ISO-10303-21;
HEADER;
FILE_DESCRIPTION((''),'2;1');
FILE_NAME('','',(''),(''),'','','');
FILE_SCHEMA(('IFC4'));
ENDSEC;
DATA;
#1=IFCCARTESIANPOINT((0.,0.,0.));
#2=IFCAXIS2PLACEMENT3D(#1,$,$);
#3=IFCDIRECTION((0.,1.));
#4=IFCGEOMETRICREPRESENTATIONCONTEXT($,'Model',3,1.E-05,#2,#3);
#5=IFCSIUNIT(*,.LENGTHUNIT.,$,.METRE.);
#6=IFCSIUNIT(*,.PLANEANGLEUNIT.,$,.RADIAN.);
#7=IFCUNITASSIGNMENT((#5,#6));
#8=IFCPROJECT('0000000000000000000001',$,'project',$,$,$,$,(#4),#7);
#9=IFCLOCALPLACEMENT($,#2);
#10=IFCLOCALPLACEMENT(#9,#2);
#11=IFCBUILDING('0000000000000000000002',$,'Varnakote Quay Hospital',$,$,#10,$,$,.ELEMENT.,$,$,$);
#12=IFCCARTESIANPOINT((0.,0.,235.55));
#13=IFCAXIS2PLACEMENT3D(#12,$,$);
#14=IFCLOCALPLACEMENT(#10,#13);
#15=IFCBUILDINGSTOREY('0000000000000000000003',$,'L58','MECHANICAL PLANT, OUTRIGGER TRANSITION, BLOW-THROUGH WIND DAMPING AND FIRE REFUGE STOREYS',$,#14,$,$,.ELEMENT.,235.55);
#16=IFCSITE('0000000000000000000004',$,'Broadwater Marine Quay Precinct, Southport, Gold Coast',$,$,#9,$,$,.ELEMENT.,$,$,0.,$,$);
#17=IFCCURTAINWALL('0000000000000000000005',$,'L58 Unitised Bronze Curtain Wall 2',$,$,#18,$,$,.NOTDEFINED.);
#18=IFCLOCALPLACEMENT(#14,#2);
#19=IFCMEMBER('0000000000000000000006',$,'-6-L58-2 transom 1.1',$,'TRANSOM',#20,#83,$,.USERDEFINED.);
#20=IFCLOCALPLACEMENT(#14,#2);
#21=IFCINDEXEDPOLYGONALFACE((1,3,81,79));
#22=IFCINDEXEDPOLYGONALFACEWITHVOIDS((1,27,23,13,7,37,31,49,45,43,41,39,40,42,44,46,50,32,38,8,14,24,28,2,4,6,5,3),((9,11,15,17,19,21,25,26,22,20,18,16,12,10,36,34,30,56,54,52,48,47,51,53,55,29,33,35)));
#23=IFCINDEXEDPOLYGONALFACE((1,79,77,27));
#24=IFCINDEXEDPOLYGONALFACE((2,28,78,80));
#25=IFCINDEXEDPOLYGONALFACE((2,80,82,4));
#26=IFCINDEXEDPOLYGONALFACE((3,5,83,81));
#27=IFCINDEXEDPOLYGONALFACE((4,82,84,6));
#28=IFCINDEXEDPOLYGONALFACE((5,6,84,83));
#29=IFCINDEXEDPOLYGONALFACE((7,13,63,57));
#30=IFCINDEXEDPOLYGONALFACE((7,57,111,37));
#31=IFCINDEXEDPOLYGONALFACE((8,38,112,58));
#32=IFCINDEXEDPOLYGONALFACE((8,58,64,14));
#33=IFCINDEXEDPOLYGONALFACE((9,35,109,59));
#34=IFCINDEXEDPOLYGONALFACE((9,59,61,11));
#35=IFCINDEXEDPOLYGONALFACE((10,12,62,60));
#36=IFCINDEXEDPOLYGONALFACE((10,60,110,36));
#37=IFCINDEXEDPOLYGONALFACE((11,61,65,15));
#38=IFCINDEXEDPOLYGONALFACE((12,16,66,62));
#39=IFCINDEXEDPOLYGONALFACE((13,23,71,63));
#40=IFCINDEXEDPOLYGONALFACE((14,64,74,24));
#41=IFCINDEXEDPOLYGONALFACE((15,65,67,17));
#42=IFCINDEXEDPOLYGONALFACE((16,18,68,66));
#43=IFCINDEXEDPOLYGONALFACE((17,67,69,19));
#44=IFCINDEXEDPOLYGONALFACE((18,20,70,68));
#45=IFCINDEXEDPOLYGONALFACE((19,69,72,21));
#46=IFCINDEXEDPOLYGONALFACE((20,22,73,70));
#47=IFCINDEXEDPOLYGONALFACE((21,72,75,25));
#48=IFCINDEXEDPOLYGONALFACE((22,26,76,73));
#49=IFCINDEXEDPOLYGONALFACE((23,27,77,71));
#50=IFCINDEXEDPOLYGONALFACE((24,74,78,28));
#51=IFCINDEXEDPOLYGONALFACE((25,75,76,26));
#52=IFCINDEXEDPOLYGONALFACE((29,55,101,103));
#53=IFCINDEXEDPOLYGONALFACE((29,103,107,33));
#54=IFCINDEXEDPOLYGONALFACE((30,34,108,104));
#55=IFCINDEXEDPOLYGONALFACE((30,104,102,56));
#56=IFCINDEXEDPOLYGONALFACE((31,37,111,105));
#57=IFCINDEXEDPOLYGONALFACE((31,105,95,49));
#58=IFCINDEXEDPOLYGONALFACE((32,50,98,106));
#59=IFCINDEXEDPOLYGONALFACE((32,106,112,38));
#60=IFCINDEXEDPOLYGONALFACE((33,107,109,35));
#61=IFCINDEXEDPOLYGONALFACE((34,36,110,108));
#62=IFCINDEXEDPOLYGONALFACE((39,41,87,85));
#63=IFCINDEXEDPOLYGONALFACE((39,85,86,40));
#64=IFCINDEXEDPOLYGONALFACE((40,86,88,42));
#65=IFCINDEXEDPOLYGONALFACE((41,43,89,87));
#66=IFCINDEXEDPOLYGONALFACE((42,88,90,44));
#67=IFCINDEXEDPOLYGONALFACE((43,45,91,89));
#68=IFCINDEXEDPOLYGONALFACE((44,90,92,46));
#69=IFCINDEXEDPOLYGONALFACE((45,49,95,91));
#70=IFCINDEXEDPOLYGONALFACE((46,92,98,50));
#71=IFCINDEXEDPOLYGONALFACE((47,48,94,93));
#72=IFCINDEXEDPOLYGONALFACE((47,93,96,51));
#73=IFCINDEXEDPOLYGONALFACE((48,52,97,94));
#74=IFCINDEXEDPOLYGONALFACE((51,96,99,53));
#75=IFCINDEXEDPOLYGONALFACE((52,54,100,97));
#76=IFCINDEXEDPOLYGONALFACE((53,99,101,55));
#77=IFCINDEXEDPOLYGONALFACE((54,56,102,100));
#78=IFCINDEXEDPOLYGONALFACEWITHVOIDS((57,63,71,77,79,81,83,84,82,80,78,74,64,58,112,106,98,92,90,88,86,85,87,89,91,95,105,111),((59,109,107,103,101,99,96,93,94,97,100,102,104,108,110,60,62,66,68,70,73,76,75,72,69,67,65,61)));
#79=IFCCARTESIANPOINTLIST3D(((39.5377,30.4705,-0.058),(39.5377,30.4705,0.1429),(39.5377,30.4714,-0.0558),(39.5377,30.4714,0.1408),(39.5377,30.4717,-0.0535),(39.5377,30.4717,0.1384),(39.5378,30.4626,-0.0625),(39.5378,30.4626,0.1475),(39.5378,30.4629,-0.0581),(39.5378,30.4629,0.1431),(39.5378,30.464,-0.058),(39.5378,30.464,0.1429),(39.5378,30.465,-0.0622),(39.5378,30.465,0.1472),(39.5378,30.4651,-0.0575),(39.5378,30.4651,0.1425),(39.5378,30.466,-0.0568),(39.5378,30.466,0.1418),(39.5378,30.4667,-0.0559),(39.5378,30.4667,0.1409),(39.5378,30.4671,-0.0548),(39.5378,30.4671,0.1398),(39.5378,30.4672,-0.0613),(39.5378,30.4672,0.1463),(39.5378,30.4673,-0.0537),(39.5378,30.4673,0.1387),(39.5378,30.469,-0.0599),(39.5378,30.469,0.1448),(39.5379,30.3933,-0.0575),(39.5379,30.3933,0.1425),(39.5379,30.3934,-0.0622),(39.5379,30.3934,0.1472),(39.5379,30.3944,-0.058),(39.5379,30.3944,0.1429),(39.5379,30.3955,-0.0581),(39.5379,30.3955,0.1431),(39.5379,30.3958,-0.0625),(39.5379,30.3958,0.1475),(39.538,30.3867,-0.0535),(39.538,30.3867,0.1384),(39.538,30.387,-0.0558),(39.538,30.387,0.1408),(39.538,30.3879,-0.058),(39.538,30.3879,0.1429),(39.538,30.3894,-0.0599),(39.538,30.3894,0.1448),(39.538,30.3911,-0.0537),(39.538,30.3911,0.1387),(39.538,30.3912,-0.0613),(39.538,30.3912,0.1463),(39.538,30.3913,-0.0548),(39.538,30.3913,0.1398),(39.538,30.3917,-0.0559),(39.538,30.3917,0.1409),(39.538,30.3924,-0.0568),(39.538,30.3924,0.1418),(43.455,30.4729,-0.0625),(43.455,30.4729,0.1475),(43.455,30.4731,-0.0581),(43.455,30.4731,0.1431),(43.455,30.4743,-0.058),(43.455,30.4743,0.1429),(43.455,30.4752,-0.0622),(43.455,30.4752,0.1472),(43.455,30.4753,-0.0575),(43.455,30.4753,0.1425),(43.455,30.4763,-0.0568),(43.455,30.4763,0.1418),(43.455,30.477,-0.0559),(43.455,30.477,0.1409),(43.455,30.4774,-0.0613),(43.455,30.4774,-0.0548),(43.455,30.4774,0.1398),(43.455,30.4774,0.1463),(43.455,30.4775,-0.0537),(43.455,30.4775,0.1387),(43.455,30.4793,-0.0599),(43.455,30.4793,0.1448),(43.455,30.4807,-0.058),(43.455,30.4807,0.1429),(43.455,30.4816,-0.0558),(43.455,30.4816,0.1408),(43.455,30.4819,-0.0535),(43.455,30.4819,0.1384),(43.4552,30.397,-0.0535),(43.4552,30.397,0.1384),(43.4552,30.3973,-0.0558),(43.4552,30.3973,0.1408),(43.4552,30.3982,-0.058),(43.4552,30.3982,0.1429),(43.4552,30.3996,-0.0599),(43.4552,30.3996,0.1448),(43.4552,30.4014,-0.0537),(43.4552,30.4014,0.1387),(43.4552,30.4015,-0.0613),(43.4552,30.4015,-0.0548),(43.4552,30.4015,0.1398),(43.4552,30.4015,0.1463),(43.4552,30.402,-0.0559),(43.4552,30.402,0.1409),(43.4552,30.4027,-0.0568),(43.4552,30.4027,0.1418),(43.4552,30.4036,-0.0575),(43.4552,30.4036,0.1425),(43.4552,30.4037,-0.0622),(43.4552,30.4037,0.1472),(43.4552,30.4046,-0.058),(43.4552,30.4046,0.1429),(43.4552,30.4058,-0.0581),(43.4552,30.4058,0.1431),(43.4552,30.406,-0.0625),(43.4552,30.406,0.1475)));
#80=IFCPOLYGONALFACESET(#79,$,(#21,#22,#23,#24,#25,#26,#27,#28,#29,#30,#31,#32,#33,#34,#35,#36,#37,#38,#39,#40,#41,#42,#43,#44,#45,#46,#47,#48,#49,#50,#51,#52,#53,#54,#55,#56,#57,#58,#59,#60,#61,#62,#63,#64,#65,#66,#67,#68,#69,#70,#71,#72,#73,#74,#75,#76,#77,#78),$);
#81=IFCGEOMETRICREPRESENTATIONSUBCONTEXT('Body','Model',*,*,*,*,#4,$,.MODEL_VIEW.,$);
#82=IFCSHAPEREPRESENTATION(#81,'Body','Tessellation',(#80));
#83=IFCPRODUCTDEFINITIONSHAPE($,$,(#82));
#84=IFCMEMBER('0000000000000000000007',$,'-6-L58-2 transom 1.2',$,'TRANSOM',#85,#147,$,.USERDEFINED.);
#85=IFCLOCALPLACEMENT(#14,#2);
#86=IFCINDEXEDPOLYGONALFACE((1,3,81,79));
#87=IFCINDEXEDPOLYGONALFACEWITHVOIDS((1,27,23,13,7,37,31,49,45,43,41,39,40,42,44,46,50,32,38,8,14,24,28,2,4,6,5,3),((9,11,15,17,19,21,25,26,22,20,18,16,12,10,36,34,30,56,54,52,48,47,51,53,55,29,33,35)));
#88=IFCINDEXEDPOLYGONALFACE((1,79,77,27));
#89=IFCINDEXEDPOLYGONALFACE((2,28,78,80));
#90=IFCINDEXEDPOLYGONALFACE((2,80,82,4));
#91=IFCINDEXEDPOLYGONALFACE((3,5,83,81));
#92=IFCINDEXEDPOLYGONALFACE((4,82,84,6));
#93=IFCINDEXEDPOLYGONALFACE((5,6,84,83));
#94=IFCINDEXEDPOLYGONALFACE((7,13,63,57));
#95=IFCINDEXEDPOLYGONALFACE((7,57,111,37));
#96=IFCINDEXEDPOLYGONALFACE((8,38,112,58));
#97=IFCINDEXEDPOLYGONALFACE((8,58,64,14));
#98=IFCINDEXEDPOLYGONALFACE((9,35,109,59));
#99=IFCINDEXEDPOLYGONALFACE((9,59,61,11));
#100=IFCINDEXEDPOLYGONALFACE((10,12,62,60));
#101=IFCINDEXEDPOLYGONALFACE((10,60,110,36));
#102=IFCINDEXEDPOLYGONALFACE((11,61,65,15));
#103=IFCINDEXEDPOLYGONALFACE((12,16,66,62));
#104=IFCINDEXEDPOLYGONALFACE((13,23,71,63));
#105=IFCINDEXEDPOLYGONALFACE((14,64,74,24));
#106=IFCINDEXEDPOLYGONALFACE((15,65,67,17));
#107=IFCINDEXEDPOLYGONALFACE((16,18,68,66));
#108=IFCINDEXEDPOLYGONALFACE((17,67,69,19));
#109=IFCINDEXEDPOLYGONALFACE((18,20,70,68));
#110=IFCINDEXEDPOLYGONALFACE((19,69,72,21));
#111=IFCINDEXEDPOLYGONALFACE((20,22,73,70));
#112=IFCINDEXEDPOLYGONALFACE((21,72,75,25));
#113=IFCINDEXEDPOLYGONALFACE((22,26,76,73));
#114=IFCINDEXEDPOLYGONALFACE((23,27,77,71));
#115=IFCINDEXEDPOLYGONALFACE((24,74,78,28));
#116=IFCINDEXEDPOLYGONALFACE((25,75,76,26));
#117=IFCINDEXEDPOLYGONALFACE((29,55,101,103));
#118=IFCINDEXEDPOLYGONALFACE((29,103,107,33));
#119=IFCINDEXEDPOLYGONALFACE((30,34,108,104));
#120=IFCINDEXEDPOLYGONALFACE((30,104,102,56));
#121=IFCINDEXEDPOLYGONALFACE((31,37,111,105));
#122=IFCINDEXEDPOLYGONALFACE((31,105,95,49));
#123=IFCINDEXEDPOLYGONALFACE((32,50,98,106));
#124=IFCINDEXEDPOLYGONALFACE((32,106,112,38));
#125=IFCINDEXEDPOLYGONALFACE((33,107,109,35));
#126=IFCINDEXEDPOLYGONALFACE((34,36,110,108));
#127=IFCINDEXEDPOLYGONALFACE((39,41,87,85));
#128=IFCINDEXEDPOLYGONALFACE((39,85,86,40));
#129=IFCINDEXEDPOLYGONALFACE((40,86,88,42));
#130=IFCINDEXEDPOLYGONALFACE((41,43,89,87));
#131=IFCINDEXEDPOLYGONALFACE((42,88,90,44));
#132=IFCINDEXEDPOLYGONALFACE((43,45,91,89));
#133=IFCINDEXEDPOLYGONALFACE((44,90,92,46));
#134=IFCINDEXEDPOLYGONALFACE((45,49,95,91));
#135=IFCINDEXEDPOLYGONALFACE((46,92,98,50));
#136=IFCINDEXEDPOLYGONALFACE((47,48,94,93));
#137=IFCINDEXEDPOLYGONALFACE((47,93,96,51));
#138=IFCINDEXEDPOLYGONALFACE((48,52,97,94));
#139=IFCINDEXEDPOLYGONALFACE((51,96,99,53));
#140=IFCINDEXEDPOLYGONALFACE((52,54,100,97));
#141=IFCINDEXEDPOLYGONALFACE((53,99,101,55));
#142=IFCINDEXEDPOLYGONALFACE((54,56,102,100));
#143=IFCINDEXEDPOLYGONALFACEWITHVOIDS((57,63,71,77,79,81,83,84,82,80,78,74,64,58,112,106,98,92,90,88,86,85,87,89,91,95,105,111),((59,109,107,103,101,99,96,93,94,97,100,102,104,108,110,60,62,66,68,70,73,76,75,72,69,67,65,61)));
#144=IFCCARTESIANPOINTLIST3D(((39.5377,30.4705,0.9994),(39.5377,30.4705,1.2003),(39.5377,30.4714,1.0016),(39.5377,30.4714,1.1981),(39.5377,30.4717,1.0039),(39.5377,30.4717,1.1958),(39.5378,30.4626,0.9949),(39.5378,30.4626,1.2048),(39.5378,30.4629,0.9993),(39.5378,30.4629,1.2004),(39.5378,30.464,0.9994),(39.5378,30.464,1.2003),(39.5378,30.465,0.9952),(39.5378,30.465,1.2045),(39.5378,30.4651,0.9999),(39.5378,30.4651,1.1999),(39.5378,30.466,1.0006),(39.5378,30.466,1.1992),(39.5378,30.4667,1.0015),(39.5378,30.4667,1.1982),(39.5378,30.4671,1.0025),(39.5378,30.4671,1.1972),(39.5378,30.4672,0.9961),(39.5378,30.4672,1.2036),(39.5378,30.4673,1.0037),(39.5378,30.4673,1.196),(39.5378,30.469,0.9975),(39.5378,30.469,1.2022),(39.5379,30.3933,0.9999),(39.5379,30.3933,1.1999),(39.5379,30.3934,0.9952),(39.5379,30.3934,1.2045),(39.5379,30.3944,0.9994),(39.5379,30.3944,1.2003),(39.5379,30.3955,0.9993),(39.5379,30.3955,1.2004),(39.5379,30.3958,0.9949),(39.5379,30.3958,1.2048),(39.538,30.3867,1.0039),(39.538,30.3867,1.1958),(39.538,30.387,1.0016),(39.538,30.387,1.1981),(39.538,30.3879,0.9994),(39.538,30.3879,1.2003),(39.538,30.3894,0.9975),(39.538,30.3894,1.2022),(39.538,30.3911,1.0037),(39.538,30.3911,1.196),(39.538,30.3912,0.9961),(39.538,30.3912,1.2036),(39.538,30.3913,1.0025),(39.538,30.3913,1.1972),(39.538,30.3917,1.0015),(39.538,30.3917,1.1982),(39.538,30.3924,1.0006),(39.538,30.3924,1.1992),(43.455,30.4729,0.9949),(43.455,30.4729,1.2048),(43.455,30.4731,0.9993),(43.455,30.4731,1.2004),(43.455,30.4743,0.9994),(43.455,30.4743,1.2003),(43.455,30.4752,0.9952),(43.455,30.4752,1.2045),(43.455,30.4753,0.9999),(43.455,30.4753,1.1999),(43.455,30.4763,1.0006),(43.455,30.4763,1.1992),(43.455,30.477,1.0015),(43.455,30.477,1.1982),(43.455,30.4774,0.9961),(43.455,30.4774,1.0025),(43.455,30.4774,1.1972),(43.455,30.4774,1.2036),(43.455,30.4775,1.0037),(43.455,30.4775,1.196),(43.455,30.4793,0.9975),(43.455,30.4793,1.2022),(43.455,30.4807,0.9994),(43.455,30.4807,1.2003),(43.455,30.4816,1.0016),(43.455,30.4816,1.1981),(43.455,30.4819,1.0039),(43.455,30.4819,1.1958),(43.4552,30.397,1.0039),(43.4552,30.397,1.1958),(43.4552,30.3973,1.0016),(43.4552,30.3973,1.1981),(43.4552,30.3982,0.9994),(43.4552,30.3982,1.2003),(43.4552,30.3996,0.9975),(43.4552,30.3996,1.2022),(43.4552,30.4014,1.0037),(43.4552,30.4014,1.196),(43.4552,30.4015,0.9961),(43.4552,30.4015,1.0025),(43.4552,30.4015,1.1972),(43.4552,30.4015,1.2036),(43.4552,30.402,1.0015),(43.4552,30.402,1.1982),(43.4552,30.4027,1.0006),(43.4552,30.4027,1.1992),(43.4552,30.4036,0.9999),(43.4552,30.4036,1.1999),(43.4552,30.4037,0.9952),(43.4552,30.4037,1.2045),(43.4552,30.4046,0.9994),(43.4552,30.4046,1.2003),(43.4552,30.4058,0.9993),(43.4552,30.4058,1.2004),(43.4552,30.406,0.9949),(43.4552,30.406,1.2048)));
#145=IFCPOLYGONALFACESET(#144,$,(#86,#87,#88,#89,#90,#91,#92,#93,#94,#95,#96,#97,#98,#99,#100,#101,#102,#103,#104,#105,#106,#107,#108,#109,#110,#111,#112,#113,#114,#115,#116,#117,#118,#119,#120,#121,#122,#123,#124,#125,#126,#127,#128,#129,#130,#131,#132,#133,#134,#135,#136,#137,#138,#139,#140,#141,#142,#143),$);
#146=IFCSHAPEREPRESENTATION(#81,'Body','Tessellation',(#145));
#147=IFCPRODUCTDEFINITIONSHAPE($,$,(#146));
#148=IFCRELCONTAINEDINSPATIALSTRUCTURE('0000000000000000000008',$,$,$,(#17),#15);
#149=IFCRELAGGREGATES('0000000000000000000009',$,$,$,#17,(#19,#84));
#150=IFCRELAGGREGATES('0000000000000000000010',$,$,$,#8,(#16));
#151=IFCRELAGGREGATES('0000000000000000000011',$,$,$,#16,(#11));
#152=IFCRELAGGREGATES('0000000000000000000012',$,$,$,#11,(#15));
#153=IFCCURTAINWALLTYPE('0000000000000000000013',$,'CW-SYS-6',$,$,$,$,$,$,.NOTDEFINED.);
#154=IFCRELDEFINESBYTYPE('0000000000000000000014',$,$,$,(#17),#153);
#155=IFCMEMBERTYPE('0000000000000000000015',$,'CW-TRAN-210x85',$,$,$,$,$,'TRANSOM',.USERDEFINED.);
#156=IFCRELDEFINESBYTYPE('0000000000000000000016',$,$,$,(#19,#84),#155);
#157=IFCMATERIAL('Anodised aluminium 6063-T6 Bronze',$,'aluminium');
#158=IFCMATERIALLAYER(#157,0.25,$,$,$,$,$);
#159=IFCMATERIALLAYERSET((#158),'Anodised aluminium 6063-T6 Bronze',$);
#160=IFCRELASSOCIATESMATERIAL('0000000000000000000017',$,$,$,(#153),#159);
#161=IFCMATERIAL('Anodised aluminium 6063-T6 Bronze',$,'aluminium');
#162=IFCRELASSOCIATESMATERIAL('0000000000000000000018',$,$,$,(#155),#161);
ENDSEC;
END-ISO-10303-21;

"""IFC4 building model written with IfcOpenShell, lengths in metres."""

from ifc_helpers import new_model, si_unit, direction, frame, origin, origin_2d, place, context, subcontext, project, spatial, hollow_rectangle, extrude, material, layer, layer_set, material_profile, profile_set, type_object, element, aggregate, save


model = new_model("IFC4")

# Units and contexts
model_context = context("Model", 3, precision=1e-05, world=origin(), true_north=direction((0.0, 1.0)))
body_context = subcontext(model_context, "Body", "Model", "MODEL_VIEW")
ifc_project = project(units=[si_unit("LENGTHUNIT", "METRE"), si_unit("PLANEANGLEUNIT", "RADIAN")], contexts=[model_context])

# Site, building, storey
site_placement = place(None, origin())
site = spatial("IfcSite", under=ifc_project, at=site_placement, Name="Broadwater Marine Quay Precinct, Southport, Gold Coast", CompositionType="ELEMENT", RefElevation=0.0)
building_placement = place(site_placement, origin())
building = spatial("IfcBuilding", under=site, at=building_placement, Name="Varnakote Quay Hospital", CompositionType="ELEMENT")
storey_placement = place(building_placement, frame((0.0, 0.0, 235.55)))
storey = spatial("IfcBuildingStorey", under=building, at=storey_placement, Name="L58", Description="MECHANICAL PLANT, OUTRIGGER TRANSITION, BLOW-THROUGH WIND DAMPING AND FIRE REFUGE STOREYS", CompositionType="ELEMENT", Elevation=235.55)

# Curtain wall
ifc_material_1 = material(Name="Anodised aluminium 6063-T6 Bronze", Category="aluminium")
ifc_layer_1 = layer(ifc_material_1, 0.25)
ifc_layer_set_1 = layer_set([ifc_layer_1], Name="Anodised aluminium 6063-T6 Bronze")
curtain_wall_type = type_object("IfcCurtainWallType", Name="CW-SYS-6", PredefinedType="NOTDEFINED", material=ifc_layer_set_1)
curtain_wall_1_placement = place(storey_placement, origin())
curtain_wall_1 = element("IfcCurtainWall", 1, at=curtain_wall_1_placement, inside=storey, type_object=curtain_wall_type, Name="L58 Unitised Bronze Curtain Wall 2", PredefinedType="NOTDEFINED")

# Members
ifc_material_2 = material(Name="Anodised aluminium 6063-T6 Bronze", Category="aluminium")
ifc_material_profile_1 = material_profile(ifc_material_2, hollow_rectangle(XDim=0.085, YDim=0.21, WallThickness=0.0044, InnerFilletRadius=0.0044, OuterFilletRadius=0.009, at=origin_2d()), Name="CW-TRAN-210x85")
ifc_profile_set_1 = profile_set([ifc_material_profile_1], Name="Anodised aluminium 6063-T6 Bronze")
member_type_1 = type_object("IfcMemberType", Name="CW-TRAN-210x85", ElementType="TRANSOM", PredefinedType="USERDEFINED", material=ifc_profile_set_1)
member_1_placement = place(storey_placement, frame((43.4551, 30.4395, 0.0425), z_axis=(-0.999997, -0.002618, 0.0), x_axis=(0.002618, -0.999997, 0.0)))
member_1 = element("IfcMember", 2, at=member_1_placement, type_object=member_type_1, Name="-6-L58-2 transom 1.1", ObjectType="TRANSOM", PredefinedType="USERDEFINED", context=body_context, shape_type="SweptSolid", body=[
    extrude(hollow_rectangle(XDim=0.085, YDim=0.21, WallThickness=0.0044, InnerFilletRadius=0.0044, OuterFilletRadius=0.009, at=origin_2d()), origin(), (0.0, 0.0, 1.0), 3.9172),
])
member_2_placement = place(storey_placement, frame((43.4551, 30.4395, 1.0999), z_axis=(-0.999997, -0.002618, 0.0), x_axis=(0.002618, -0.999997, 0.0)))
member_2 = element("IfcMember", 3, at=member_2_placement, type_object=member_type_1, Name="-6-L58-2 transom 1.2", ObjectType="TRANSOM", PredefinedType="USERDEFINED", context=body_context, shape_type="SweptSolid", body=[
    extrude(hollow_rectangle(XDim=0.085, YDim=0.21, WallThickness=0.0044, InnerFilletRadius=0.0044, OuterFilletRadius=0.009, at=origin_2d()), origin(), (0.0, 0.0, 1.0), 3.9172),
])

aggregate(curtain_wall_1, [member_1, member_2])

save(model, "model.ifc")
